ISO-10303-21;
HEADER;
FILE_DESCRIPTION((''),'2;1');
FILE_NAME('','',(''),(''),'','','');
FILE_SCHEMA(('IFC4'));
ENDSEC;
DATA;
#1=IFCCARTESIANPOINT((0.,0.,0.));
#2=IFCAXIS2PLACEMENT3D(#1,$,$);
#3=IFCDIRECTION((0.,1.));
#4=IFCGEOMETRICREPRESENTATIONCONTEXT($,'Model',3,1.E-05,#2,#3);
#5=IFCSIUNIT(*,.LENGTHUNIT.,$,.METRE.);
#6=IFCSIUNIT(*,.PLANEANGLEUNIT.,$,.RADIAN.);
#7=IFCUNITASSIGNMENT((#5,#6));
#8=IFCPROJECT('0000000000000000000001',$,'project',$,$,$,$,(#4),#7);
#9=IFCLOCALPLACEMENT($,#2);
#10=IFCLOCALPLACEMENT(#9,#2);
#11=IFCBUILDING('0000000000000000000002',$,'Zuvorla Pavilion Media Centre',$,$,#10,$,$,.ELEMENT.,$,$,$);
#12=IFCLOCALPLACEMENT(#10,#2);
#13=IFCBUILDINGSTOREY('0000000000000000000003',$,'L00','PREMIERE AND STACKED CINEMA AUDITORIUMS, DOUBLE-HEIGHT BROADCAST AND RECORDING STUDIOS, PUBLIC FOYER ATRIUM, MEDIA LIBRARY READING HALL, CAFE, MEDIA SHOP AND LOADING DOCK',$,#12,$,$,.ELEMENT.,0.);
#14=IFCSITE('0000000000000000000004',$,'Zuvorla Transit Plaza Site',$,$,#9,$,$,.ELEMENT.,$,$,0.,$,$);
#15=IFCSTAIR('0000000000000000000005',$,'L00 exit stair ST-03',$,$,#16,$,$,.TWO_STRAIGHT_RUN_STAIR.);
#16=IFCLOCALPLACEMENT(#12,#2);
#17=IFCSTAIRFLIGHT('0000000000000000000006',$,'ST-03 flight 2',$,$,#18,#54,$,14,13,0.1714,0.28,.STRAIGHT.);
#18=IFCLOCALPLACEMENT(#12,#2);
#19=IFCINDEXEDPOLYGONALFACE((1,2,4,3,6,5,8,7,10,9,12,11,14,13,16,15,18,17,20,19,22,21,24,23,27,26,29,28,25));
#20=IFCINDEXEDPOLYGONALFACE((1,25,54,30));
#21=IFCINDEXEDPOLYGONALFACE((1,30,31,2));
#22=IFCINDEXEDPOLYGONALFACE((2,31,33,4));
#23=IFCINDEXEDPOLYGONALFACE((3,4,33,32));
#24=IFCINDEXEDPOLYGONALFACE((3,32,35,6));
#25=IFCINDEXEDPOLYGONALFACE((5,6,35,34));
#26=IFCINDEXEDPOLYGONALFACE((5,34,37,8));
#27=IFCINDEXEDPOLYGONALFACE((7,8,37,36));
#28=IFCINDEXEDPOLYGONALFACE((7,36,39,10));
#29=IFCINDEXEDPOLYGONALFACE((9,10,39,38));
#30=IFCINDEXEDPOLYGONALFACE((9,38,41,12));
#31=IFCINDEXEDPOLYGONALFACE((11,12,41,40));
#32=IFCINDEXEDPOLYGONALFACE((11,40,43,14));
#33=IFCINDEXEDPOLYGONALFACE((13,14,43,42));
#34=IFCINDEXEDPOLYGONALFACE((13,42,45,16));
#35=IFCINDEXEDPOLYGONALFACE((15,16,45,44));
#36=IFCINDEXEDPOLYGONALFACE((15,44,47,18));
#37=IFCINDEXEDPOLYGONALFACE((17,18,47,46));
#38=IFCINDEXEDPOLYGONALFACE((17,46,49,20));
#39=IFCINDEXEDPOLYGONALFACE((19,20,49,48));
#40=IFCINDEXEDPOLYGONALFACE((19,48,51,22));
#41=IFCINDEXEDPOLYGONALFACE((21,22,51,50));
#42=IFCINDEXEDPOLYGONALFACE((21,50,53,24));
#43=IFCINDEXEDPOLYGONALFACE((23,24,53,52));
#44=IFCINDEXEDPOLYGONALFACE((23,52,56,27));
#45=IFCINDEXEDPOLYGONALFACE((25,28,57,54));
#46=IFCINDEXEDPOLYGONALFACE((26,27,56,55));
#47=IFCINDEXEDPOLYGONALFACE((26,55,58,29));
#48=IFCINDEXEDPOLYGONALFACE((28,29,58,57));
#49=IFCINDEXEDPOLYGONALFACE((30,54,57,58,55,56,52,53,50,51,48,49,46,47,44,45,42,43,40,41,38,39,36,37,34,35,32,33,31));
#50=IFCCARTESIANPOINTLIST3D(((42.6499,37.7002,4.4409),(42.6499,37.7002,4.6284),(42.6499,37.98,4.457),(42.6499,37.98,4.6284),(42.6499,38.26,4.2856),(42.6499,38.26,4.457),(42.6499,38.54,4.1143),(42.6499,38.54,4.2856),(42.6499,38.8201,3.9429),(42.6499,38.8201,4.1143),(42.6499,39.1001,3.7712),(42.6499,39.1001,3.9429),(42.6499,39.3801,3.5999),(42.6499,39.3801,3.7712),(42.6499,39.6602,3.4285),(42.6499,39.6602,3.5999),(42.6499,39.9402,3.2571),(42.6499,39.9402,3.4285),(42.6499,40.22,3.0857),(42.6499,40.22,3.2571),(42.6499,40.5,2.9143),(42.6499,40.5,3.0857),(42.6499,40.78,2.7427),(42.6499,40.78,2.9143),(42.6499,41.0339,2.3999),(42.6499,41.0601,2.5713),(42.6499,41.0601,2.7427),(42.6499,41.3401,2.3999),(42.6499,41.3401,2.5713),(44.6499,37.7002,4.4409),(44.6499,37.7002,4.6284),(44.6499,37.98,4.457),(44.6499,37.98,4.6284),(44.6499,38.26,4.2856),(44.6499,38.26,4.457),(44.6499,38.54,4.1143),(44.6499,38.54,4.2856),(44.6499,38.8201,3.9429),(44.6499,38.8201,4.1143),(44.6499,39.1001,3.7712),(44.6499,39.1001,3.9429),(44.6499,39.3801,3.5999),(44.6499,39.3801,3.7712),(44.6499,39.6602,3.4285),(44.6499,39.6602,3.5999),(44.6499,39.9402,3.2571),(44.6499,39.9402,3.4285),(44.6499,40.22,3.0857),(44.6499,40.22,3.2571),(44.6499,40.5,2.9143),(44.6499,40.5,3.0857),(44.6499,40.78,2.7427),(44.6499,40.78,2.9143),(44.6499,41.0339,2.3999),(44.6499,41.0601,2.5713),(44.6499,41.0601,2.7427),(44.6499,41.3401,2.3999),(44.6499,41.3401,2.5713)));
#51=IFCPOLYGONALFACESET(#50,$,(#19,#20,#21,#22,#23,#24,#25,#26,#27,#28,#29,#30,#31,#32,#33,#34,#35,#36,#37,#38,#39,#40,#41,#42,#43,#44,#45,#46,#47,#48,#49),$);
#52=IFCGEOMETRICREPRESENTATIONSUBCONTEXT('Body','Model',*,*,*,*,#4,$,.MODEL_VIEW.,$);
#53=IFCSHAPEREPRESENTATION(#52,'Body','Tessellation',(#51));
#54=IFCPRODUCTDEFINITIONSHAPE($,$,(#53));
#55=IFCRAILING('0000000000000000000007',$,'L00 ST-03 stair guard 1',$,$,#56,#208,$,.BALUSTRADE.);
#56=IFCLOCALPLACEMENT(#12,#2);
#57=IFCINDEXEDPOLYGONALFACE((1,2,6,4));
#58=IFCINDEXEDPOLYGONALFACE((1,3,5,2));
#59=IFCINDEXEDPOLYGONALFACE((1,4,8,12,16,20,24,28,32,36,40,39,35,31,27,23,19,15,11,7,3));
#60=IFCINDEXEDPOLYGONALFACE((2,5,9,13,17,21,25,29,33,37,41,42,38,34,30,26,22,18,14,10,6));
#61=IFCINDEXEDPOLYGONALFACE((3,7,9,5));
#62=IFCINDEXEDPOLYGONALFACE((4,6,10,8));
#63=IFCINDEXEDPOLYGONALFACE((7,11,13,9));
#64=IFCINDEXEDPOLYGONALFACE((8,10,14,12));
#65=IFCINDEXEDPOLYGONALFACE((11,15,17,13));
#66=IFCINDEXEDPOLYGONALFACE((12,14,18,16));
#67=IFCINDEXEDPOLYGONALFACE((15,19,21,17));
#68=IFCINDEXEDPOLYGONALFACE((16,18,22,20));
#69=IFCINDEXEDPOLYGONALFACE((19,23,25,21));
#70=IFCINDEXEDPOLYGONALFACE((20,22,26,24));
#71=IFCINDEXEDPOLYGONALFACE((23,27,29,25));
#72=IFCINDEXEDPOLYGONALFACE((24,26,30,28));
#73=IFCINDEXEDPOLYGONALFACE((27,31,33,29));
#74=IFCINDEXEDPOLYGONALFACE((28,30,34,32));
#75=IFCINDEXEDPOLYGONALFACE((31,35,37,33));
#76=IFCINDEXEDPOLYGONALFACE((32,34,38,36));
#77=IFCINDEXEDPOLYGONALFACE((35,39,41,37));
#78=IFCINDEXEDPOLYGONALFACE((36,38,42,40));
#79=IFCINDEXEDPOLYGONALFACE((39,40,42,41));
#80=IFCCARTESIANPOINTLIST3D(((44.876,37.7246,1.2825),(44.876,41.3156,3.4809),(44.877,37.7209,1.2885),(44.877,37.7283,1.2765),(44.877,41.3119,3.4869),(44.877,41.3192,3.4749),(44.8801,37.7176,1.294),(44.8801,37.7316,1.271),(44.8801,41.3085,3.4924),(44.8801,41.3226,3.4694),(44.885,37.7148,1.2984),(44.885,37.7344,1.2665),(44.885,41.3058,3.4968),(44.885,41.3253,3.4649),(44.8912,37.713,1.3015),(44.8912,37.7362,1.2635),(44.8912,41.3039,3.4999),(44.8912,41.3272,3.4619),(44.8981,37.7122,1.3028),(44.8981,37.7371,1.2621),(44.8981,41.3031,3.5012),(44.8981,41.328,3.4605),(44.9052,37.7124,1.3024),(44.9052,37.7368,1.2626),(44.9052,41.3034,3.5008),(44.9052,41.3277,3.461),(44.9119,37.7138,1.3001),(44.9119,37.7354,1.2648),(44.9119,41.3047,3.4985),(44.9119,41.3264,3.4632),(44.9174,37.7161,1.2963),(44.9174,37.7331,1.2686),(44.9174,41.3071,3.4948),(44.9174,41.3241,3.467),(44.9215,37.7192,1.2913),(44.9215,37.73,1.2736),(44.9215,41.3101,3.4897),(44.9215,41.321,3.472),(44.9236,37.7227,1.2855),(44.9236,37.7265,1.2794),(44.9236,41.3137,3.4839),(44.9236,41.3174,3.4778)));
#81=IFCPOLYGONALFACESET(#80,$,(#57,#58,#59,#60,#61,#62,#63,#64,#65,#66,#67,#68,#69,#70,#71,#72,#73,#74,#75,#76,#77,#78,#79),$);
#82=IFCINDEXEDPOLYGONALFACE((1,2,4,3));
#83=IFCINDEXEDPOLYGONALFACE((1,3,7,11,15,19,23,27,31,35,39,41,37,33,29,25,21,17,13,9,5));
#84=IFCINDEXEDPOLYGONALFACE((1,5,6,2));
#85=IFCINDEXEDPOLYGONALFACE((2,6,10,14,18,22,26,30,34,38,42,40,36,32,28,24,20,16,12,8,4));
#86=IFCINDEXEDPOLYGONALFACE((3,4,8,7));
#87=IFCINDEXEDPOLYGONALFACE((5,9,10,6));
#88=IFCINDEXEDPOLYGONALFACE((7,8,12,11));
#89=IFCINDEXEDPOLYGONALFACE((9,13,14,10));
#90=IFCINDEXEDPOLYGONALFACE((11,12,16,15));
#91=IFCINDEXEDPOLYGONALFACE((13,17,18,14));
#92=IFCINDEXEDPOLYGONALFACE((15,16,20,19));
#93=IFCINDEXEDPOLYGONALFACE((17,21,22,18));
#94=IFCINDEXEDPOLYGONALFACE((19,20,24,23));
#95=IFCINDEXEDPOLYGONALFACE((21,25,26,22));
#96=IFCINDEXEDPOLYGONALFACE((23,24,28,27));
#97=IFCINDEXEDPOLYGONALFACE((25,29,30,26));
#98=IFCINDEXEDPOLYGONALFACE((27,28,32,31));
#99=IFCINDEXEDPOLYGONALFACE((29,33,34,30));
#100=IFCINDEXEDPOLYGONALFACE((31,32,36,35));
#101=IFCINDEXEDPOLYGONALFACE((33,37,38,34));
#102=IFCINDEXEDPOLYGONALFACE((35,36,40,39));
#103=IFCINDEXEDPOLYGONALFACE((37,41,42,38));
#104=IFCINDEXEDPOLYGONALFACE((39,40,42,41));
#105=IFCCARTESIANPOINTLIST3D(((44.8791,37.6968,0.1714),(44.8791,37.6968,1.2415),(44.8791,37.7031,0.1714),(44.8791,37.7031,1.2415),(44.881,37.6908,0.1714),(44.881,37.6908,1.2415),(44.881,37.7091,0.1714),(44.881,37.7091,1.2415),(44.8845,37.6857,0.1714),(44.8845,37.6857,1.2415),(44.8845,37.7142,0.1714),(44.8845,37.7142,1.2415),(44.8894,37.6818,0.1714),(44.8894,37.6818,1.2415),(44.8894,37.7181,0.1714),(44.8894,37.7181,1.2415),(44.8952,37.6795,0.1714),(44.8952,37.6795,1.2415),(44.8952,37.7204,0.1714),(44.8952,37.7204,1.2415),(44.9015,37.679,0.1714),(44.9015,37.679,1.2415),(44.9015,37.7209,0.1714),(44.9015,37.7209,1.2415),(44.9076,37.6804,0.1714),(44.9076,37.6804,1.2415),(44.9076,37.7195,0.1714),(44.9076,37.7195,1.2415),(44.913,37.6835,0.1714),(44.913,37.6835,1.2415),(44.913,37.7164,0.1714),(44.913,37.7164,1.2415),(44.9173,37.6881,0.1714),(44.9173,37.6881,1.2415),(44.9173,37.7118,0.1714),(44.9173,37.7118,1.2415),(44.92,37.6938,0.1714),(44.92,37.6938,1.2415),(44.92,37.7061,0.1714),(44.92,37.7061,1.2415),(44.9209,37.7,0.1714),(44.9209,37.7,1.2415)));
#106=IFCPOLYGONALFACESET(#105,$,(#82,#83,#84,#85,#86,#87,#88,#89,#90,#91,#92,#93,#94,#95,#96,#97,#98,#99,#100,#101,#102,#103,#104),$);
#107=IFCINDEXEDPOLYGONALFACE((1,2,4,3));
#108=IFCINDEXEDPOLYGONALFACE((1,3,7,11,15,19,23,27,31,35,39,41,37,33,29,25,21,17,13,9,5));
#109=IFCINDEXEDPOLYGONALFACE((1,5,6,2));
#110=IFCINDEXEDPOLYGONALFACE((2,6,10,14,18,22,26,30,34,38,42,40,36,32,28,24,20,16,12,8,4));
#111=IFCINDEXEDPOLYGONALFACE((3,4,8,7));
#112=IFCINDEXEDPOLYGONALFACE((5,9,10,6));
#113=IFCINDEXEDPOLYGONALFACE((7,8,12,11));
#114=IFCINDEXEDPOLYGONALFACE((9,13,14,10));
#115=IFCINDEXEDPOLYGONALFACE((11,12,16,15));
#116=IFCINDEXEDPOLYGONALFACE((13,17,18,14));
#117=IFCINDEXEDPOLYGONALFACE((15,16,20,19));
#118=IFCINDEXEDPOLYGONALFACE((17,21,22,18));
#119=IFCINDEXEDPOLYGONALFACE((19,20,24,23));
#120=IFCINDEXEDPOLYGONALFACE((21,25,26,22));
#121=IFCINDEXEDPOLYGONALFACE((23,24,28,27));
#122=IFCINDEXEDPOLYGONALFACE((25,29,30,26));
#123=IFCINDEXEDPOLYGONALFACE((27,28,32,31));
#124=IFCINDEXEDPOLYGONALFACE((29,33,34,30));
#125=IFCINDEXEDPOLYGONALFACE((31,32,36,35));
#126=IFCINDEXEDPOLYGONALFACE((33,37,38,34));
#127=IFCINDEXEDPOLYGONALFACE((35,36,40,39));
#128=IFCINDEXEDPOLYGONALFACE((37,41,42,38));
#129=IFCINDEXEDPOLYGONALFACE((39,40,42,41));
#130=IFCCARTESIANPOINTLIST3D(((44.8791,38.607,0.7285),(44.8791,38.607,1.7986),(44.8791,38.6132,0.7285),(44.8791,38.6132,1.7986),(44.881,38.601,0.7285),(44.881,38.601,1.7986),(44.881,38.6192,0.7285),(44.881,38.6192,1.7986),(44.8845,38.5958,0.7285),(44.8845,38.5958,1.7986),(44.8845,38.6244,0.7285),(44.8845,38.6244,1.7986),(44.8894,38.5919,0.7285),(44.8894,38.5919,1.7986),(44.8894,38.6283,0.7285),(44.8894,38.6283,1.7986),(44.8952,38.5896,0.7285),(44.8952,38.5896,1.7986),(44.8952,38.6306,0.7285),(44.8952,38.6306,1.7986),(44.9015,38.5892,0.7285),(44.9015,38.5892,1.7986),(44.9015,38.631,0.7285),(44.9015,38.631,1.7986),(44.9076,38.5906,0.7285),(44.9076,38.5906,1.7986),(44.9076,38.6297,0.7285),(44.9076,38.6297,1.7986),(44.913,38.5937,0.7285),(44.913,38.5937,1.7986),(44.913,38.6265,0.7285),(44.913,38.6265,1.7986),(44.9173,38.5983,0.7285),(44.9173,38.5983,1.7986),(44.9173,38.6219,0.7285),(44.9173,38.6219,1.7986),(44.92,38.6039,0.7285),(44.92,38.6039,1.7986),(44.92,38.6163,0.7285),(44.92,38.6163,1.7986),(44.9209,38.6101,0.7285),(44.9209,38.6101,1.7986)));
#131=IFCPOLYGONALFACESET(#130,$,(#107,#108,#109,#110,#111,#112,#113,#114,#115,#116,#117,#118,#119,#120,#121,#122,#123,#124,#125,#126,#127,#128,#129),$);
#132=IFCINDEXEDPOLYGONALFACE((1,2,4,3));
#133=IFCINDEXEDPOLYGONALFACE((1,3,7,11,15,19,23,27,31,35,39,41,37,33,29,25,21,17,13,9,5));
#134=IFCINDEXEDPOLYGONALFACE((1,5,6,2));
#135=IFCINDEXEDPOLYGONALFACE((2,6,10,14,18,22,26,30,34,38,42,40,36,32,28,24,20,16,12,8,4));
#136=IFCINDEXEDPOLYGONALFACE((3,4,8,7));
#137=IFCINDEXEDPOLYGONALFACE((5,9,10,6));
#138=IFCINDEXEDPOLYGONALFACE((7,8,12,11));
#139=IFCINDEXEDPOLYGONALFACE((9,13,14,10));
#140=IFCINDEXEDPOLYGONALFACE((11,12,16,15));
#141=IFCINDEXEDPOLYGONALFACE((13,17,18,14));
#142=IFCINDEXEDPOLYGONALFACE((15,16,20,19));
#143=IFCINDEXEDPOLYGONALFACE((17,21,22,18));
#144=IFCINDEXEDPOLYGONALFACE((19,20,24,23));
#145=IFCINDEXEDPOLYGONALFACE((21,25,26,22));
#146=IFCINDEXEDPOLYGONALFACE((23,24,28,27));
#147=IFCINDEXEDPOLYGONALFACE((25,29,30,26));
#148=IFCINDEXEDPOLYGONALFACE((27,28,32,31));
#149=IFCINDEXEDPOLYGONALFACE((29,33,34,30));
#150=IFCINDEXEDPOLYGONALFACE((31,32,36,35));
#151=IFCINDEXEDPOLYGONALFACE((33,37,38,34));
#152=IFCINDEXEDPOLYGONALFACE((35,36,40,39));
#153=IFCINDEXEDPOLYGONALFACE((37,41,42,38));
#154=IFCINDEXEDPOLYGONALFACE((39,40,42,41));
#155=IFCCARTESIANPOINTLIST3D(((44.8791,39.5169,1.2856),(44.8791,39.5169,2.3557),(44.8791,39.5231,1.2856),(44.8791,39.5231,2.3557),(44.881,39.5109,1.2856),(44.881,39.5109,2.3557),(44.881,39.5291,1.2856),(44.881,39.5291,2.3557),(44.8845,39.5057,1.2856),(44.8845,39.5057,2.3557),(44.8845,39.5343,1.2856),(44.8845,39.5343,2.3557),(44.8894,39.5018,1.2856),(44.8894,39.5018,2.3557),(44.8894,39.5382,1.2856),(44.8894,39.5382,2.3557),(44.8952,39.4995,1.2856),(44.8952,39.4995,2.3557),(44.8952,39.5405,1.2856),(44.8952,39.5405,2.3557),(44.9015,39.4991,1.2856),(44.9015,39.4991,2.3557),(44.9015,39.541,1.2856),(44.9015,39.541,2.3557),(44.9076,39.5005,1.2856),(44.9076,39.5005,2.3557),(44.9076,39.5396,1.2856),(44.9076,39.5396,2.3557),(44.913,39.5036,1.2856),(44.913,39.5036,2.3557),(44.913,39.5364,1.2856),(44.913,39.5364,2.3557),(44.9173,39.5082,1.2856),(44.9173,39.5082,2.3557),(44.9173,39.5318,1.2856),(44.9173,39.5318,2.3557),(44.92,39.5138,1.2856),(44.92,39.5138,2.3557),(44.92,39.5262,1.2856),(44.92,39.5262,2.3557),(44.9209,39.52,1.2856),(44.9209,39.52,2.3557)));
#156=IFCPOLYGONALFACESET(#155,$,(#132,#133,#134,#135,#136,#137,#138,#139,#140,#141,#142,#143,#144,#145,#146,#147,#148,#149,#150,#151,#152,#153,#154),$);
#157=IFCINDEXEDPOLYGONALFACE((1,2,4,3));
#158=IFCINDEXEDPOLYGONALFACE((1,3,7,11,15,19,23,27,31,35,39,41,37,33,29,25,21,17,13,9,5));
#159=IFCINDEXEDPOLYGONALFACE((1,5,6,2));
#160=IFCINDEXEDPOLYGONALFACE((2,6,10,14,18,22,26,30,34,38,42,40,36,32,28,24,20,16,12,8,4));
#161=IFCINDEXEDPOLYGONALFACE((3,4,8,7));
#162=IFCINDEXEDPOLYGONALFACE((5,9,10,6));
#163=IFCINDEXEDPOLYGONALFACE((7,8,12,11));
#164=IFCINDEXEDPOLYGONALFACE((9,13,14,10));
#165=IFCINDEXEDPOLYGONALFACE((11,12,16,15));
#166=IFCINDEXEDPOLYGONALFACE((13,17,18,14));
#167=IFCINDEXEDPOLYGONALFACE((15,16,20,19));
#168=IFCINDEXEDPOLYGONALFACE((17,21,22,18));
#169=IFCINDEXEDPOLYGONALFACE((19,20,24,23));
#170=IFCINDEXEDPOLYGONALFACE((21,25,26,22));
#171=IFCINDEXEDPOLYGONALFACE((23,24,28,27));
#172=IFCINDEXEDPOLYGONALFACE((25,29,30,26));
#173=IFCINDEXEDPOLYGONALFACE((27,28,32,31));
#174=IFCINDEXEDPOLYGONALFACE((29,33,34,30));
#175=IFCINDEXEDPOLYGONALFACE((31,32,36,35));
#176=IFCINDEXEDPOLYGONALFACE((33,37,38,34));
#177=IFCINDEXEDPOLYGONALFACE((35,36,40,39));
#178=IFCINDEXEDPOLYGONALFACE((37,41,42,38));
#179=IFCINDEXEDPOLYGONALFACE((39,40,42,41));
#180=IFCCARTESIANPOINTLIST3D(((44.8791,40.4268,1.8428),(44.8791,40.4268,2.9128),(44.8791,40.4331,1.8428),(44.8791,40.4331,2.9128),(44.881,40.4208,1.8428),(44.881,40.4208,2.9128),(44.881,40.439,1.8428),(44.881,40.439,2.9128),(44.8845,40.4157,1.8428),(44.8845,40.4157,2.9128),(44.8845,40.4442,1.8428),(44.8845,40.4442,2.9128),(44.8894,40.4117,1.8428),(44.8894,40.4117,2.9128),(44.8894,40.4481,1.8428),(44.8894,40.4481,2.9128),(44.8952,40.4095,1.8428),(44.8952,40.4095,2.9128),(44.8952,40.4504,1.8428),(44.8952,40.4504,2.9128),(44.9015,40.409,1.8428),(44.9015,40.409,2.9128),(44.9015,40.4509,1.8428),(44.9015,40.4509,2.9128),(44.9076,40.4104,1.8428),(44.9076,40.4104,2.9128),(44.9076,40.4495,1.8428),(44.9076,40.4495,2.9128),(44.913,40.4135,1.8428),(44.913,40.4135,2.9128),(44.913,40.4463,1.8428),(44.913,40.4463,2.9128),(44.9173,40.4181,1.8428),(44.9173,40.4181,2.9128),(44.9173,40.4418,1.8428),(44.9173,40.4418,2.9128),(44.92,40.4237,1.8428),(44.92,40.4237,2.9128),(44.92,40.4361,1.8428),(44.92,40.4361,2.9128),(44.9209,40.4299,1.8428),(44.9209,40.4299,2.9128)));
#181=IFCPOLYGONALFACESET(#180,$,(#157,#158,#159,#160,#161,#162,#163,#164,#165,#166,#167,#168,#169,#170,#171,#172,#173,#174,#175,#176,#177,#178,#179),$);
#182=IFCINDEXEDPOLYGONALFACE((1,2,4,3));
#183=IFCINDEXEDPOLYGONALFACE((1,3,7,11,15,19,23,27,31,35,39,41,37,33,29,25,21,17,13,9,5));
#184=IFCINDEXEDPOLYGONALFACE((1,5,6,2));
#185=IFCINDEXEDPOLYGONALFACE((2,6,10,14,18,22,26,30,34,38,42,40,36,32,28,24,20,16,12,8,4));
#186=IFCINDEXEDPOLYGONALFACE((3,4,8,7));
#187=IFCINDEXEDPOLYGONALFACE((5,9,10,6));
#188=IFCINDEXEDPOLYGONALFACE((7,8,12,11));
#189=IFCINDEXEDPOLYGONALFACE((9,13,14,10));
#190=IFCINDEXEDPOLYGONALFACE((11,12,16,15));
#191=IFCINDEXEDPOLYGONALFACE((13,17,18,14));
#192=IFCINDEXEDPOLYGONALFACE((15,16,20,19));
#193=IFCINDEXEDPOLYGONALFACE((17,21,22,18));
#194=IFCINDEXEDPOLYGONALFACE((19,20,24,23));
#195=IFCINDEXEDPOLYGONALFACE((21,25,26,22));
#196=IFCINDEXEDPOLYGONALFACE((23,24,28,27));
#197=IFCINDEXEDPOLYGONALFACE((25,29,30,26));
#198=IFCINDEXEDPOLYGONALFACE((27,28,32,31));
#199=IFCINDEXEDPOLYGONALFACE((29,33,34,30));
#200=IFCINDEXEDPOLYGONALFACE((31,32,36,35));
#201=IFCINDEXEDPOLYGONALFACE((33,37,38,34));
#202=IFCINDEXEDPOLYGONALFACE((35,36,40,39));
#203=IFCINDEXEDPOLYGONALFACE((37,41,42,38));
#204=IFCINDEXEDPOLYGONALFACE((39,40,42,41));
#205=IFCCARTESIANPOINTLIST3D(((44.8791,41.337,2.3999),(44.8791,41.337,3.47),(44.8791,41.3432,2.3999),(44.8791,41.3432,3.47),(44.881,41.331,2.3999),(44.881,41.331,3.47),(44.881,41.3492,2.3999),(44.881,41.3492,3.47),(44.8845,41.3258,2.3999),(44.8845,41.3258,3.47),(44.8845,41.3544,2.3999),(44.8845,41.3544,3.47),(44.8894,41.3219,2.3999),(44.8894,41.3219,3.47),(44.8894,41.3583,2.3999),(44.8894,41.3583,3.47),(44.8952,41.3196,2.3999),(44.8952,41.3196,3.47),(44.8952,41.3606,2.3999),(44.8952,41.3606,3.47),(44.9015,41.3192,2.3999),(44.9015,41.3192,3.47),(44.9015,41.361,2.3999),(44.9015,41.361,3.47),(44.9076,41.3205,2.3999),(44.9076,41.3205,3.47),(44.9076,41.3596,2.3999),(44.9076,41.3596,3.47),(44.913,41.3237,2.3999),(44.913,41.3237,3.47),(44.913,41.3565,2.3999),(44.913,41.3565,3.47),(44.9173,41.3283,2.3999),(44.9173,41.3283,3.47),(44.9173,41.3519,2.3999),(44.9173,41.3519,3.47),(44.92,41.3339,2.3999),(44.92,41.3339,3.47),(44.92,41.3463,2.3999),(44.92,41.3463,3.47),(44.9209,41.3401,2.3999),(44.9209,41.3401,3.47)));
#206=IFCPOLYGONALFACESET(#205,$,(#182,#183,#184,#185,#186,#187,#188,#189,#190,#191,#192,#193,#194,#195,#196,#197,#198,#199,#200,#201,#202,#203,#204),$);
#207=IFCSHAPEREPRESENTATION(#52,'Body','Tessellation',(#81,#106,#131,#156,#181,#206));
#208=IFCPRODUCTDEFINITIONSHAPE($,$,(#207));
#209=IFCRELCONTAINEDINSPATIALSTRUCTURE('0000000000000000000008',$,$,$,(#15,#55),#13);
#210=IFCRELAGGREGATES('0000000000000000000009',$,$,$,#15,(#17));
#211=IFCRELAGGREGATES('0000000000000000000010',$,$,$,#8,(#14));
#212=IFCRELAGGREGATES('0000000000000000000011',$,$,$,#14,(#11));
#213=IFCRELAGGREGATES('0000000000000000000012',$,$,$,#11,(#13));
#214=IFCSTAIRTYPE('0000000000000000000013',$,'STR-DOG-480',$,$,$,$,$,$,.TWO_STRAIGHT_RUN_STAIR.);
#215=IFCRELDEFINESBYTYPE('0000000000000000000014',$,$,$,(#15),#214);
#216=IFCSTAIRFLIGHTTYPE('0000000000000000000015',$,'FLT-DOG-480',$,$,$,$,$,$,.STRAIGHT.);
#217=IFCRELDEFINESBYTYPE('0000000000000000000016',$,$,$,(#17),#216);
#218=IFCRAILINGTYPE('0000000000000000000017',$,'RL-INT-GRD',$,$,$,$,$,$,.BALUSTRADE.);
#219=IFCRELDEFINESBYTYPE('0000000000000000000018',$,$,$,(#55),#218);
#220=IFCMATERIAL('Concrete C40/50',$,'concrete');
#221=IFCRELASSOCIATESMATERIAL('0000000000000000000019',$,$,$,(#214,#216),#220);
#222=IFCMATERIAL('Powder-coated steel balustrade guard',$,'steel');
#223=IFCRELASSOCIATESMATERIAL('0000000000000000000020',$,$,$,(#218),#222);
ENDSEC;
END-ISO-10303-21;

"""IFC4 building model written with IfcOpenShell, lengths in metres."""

from ifc_helpers import new_model, si_unit, direction, frame, origin, origin_2d, place, context, subcontext, project, spatial, polyline, circle, outline, extrude, material, type_object, element, aggregate, save


model = new_model("IFC4")

# Units and contexts
model_context = context("Model", 3, precision=1e-05, world=origin(), true_north=direction((0.0, 1.0)))
body_context = subcontext(model_context, "Body", "Model", "MODEL_VIEW")
ifc_project = project(units=[si_unit("LENGTHUNIT", "METRE"), si_unit("PLANEANGLEUNIT", "RADIAN")], contexts=[model_context])

# Site, building, storey
site_placement = place(None, origin())
site = spatial("IfcSite", under=ifc_project, at=site_placement, Name="Zuvorla Transit Plaza Site", CompositionType="ELEMENT", RefElevation=0.0)
building_placement = place(site_placement, origin())
building = spatial("IfcBuilding", under=site, at=building_placement, Name="Zuvorla Pavilion Media Centre", CompositionType="ELEMENT")
storey_placement = place(building_placement, origin())
storey = spatial("IfcBuildingStorey", under=building, at=storey_placement, Name="L00", Description="PREMIERE AND STACKED CINEMA AUDITORIUMS, DOUBLE-HEIGHT BROADCAST AND RECORDING STUDIOS, PUBLIC FOYER ATRIUM, MEDIA LIBRARY READING HALL, CAFE, MEDIA SHOP AND LOADING DOCK", CompositionType="ELEMENT", Elevation=0.0)

# Shared definitions
ifc_material_1 = material(Name="Concrete C40/50", Category="concrete")

# Stair, stair flight
stair_type = type_object("IfcStairType", Name="STR-DOG-480", PredefinedType="TWO_STRAIGHT_RUN_STAIR", material=ifc_material_1)
stair_placement = place(storey_placement, origin())
stair = element("IfcStair", 1, at=stair_placement, inside=storey, type_object=stair_type, Name="L00 exit stair ST-03", PredefinedType="TWO_STRAIGHT_RUN_STAIR")
stair_flight_type = type_object("IfcStairFlightType", Name="FLT-DOG-480", PredefinedType="STRAIGHT", material=ifc_material_1)
stair_flight_1_placement = place(storey_placement, frame((43.6499, 41.3401, 2.3999), z_axis=(0.0, 0.0, 1.0), x_axis=(0.0, -1.0, 0.0)))
stair_flight_1 = element("IfcStairFlight", 2, at=stair_flight_1_placement, type_object=stair_flight_type, Name="ST-03 flight 2", NumberOfRisers=14, NumberOfTreads=13, PredefinedType="STRAIGHT", RiserHeight=0.1714, TreadLength=0.28, context=body_context, shape_type="SweptSolid", body=[
    extrude(outline(polyline([(0.0, 0.0), (0.0, 0.1714), (0.28, 0.1714), (0.28, 0.3428), (0.5601, 0.3428), (0.5601, 0.5144), (0.8401, 0.5144), (0.8401, 0.6858), (1.1201, 0.6858), (1.1201, 0.8572), (1.3999, 0.8572), (1.3999, 1.0286), (1.6799, 1.0286), (1.6799, 1.2), (1.96, 1.2), (1.96, 1.3713), (2.24, 1.3713), (2.24, 1.543), (2.52, 1.543), (2.52, 1.7144), (2.8, 1.7144), (2.8, 1.8857), (3.0801, 1.8857), (3.0801, 2.0571), (3.3601, 2.0571), (3.3601, 2.2285), (3.6399, 2.2285), (3.6399, 2.3999), (3.6399, 2.041), (0.3062, 0.0), (0.0, 0.0)])), frame((0.0, 1.0, 0.0), z_axis=(0.0, -1.0, 0.0), x_axis=(1.0, 0.0, 0.0)), (0.0, 0.0, 1.0), 2.0),
])
aggregate(stair, [stair_flight_1])

# Railing
ifc_material_2 = material(Name="Powder-coated steel balustrade guard", Category="steel")
railing_type_1 = type_object("IfcRailingType", Name="RL-INT-GRD", PredefinedType="BALUSTRADE", material=ifc_material_2)
railing_1_placement = place(storey_placement, frame((44.8999, 37.7, 0.1714)))
element("IfcRailing", 3, at=railing_1_placement, inside=storey, type_object=railing_type_1, Name="L00 ST-03 stair guard 1", PredefinedType="BALUSTRADE", context=body_context, shape_type="SweptSolid", body=[
    extrude(circle(Radius=0.0239, at=origin_2d()), frame((0.0, 0.0247, 1.1111), z_axis=(0.0, 0.852866, 0.52213), x_axis=(-1.0, 0.0, 0.0)), (0.0, 0.0, 1.0), 4.2104),
    extrude(circle(Radius=0.021, at=origin_2d()), origin(), (0.0, 0.0, 1.0), 1.0701),
    extrude(circle(Radius=0.021, at=origin_2d()), frame((0.0, 0.9102, 0.5571)), (0.0, 0.0, 1.0), 1.0701),
    extrude(circle(Radius=0.021, at=origin_2d()), frame((0.0, 1.8201, 1.1143)), (0.0, 0.0, 1.0), 1.0701),
    extrude(circle(Radius=0.021, at=origin_2d()), frame((0.0, 2.73, 1.6714)), (0.0, 0.0, 1.0), 1.0701),
    extrude(circle(Radius=0.021, at=origin_2d()), frame((0.0, 3.6401, 2.2285)), (0.0, 0.0, 1.0), 1.0701),
])

save(model, "model.ifc")
